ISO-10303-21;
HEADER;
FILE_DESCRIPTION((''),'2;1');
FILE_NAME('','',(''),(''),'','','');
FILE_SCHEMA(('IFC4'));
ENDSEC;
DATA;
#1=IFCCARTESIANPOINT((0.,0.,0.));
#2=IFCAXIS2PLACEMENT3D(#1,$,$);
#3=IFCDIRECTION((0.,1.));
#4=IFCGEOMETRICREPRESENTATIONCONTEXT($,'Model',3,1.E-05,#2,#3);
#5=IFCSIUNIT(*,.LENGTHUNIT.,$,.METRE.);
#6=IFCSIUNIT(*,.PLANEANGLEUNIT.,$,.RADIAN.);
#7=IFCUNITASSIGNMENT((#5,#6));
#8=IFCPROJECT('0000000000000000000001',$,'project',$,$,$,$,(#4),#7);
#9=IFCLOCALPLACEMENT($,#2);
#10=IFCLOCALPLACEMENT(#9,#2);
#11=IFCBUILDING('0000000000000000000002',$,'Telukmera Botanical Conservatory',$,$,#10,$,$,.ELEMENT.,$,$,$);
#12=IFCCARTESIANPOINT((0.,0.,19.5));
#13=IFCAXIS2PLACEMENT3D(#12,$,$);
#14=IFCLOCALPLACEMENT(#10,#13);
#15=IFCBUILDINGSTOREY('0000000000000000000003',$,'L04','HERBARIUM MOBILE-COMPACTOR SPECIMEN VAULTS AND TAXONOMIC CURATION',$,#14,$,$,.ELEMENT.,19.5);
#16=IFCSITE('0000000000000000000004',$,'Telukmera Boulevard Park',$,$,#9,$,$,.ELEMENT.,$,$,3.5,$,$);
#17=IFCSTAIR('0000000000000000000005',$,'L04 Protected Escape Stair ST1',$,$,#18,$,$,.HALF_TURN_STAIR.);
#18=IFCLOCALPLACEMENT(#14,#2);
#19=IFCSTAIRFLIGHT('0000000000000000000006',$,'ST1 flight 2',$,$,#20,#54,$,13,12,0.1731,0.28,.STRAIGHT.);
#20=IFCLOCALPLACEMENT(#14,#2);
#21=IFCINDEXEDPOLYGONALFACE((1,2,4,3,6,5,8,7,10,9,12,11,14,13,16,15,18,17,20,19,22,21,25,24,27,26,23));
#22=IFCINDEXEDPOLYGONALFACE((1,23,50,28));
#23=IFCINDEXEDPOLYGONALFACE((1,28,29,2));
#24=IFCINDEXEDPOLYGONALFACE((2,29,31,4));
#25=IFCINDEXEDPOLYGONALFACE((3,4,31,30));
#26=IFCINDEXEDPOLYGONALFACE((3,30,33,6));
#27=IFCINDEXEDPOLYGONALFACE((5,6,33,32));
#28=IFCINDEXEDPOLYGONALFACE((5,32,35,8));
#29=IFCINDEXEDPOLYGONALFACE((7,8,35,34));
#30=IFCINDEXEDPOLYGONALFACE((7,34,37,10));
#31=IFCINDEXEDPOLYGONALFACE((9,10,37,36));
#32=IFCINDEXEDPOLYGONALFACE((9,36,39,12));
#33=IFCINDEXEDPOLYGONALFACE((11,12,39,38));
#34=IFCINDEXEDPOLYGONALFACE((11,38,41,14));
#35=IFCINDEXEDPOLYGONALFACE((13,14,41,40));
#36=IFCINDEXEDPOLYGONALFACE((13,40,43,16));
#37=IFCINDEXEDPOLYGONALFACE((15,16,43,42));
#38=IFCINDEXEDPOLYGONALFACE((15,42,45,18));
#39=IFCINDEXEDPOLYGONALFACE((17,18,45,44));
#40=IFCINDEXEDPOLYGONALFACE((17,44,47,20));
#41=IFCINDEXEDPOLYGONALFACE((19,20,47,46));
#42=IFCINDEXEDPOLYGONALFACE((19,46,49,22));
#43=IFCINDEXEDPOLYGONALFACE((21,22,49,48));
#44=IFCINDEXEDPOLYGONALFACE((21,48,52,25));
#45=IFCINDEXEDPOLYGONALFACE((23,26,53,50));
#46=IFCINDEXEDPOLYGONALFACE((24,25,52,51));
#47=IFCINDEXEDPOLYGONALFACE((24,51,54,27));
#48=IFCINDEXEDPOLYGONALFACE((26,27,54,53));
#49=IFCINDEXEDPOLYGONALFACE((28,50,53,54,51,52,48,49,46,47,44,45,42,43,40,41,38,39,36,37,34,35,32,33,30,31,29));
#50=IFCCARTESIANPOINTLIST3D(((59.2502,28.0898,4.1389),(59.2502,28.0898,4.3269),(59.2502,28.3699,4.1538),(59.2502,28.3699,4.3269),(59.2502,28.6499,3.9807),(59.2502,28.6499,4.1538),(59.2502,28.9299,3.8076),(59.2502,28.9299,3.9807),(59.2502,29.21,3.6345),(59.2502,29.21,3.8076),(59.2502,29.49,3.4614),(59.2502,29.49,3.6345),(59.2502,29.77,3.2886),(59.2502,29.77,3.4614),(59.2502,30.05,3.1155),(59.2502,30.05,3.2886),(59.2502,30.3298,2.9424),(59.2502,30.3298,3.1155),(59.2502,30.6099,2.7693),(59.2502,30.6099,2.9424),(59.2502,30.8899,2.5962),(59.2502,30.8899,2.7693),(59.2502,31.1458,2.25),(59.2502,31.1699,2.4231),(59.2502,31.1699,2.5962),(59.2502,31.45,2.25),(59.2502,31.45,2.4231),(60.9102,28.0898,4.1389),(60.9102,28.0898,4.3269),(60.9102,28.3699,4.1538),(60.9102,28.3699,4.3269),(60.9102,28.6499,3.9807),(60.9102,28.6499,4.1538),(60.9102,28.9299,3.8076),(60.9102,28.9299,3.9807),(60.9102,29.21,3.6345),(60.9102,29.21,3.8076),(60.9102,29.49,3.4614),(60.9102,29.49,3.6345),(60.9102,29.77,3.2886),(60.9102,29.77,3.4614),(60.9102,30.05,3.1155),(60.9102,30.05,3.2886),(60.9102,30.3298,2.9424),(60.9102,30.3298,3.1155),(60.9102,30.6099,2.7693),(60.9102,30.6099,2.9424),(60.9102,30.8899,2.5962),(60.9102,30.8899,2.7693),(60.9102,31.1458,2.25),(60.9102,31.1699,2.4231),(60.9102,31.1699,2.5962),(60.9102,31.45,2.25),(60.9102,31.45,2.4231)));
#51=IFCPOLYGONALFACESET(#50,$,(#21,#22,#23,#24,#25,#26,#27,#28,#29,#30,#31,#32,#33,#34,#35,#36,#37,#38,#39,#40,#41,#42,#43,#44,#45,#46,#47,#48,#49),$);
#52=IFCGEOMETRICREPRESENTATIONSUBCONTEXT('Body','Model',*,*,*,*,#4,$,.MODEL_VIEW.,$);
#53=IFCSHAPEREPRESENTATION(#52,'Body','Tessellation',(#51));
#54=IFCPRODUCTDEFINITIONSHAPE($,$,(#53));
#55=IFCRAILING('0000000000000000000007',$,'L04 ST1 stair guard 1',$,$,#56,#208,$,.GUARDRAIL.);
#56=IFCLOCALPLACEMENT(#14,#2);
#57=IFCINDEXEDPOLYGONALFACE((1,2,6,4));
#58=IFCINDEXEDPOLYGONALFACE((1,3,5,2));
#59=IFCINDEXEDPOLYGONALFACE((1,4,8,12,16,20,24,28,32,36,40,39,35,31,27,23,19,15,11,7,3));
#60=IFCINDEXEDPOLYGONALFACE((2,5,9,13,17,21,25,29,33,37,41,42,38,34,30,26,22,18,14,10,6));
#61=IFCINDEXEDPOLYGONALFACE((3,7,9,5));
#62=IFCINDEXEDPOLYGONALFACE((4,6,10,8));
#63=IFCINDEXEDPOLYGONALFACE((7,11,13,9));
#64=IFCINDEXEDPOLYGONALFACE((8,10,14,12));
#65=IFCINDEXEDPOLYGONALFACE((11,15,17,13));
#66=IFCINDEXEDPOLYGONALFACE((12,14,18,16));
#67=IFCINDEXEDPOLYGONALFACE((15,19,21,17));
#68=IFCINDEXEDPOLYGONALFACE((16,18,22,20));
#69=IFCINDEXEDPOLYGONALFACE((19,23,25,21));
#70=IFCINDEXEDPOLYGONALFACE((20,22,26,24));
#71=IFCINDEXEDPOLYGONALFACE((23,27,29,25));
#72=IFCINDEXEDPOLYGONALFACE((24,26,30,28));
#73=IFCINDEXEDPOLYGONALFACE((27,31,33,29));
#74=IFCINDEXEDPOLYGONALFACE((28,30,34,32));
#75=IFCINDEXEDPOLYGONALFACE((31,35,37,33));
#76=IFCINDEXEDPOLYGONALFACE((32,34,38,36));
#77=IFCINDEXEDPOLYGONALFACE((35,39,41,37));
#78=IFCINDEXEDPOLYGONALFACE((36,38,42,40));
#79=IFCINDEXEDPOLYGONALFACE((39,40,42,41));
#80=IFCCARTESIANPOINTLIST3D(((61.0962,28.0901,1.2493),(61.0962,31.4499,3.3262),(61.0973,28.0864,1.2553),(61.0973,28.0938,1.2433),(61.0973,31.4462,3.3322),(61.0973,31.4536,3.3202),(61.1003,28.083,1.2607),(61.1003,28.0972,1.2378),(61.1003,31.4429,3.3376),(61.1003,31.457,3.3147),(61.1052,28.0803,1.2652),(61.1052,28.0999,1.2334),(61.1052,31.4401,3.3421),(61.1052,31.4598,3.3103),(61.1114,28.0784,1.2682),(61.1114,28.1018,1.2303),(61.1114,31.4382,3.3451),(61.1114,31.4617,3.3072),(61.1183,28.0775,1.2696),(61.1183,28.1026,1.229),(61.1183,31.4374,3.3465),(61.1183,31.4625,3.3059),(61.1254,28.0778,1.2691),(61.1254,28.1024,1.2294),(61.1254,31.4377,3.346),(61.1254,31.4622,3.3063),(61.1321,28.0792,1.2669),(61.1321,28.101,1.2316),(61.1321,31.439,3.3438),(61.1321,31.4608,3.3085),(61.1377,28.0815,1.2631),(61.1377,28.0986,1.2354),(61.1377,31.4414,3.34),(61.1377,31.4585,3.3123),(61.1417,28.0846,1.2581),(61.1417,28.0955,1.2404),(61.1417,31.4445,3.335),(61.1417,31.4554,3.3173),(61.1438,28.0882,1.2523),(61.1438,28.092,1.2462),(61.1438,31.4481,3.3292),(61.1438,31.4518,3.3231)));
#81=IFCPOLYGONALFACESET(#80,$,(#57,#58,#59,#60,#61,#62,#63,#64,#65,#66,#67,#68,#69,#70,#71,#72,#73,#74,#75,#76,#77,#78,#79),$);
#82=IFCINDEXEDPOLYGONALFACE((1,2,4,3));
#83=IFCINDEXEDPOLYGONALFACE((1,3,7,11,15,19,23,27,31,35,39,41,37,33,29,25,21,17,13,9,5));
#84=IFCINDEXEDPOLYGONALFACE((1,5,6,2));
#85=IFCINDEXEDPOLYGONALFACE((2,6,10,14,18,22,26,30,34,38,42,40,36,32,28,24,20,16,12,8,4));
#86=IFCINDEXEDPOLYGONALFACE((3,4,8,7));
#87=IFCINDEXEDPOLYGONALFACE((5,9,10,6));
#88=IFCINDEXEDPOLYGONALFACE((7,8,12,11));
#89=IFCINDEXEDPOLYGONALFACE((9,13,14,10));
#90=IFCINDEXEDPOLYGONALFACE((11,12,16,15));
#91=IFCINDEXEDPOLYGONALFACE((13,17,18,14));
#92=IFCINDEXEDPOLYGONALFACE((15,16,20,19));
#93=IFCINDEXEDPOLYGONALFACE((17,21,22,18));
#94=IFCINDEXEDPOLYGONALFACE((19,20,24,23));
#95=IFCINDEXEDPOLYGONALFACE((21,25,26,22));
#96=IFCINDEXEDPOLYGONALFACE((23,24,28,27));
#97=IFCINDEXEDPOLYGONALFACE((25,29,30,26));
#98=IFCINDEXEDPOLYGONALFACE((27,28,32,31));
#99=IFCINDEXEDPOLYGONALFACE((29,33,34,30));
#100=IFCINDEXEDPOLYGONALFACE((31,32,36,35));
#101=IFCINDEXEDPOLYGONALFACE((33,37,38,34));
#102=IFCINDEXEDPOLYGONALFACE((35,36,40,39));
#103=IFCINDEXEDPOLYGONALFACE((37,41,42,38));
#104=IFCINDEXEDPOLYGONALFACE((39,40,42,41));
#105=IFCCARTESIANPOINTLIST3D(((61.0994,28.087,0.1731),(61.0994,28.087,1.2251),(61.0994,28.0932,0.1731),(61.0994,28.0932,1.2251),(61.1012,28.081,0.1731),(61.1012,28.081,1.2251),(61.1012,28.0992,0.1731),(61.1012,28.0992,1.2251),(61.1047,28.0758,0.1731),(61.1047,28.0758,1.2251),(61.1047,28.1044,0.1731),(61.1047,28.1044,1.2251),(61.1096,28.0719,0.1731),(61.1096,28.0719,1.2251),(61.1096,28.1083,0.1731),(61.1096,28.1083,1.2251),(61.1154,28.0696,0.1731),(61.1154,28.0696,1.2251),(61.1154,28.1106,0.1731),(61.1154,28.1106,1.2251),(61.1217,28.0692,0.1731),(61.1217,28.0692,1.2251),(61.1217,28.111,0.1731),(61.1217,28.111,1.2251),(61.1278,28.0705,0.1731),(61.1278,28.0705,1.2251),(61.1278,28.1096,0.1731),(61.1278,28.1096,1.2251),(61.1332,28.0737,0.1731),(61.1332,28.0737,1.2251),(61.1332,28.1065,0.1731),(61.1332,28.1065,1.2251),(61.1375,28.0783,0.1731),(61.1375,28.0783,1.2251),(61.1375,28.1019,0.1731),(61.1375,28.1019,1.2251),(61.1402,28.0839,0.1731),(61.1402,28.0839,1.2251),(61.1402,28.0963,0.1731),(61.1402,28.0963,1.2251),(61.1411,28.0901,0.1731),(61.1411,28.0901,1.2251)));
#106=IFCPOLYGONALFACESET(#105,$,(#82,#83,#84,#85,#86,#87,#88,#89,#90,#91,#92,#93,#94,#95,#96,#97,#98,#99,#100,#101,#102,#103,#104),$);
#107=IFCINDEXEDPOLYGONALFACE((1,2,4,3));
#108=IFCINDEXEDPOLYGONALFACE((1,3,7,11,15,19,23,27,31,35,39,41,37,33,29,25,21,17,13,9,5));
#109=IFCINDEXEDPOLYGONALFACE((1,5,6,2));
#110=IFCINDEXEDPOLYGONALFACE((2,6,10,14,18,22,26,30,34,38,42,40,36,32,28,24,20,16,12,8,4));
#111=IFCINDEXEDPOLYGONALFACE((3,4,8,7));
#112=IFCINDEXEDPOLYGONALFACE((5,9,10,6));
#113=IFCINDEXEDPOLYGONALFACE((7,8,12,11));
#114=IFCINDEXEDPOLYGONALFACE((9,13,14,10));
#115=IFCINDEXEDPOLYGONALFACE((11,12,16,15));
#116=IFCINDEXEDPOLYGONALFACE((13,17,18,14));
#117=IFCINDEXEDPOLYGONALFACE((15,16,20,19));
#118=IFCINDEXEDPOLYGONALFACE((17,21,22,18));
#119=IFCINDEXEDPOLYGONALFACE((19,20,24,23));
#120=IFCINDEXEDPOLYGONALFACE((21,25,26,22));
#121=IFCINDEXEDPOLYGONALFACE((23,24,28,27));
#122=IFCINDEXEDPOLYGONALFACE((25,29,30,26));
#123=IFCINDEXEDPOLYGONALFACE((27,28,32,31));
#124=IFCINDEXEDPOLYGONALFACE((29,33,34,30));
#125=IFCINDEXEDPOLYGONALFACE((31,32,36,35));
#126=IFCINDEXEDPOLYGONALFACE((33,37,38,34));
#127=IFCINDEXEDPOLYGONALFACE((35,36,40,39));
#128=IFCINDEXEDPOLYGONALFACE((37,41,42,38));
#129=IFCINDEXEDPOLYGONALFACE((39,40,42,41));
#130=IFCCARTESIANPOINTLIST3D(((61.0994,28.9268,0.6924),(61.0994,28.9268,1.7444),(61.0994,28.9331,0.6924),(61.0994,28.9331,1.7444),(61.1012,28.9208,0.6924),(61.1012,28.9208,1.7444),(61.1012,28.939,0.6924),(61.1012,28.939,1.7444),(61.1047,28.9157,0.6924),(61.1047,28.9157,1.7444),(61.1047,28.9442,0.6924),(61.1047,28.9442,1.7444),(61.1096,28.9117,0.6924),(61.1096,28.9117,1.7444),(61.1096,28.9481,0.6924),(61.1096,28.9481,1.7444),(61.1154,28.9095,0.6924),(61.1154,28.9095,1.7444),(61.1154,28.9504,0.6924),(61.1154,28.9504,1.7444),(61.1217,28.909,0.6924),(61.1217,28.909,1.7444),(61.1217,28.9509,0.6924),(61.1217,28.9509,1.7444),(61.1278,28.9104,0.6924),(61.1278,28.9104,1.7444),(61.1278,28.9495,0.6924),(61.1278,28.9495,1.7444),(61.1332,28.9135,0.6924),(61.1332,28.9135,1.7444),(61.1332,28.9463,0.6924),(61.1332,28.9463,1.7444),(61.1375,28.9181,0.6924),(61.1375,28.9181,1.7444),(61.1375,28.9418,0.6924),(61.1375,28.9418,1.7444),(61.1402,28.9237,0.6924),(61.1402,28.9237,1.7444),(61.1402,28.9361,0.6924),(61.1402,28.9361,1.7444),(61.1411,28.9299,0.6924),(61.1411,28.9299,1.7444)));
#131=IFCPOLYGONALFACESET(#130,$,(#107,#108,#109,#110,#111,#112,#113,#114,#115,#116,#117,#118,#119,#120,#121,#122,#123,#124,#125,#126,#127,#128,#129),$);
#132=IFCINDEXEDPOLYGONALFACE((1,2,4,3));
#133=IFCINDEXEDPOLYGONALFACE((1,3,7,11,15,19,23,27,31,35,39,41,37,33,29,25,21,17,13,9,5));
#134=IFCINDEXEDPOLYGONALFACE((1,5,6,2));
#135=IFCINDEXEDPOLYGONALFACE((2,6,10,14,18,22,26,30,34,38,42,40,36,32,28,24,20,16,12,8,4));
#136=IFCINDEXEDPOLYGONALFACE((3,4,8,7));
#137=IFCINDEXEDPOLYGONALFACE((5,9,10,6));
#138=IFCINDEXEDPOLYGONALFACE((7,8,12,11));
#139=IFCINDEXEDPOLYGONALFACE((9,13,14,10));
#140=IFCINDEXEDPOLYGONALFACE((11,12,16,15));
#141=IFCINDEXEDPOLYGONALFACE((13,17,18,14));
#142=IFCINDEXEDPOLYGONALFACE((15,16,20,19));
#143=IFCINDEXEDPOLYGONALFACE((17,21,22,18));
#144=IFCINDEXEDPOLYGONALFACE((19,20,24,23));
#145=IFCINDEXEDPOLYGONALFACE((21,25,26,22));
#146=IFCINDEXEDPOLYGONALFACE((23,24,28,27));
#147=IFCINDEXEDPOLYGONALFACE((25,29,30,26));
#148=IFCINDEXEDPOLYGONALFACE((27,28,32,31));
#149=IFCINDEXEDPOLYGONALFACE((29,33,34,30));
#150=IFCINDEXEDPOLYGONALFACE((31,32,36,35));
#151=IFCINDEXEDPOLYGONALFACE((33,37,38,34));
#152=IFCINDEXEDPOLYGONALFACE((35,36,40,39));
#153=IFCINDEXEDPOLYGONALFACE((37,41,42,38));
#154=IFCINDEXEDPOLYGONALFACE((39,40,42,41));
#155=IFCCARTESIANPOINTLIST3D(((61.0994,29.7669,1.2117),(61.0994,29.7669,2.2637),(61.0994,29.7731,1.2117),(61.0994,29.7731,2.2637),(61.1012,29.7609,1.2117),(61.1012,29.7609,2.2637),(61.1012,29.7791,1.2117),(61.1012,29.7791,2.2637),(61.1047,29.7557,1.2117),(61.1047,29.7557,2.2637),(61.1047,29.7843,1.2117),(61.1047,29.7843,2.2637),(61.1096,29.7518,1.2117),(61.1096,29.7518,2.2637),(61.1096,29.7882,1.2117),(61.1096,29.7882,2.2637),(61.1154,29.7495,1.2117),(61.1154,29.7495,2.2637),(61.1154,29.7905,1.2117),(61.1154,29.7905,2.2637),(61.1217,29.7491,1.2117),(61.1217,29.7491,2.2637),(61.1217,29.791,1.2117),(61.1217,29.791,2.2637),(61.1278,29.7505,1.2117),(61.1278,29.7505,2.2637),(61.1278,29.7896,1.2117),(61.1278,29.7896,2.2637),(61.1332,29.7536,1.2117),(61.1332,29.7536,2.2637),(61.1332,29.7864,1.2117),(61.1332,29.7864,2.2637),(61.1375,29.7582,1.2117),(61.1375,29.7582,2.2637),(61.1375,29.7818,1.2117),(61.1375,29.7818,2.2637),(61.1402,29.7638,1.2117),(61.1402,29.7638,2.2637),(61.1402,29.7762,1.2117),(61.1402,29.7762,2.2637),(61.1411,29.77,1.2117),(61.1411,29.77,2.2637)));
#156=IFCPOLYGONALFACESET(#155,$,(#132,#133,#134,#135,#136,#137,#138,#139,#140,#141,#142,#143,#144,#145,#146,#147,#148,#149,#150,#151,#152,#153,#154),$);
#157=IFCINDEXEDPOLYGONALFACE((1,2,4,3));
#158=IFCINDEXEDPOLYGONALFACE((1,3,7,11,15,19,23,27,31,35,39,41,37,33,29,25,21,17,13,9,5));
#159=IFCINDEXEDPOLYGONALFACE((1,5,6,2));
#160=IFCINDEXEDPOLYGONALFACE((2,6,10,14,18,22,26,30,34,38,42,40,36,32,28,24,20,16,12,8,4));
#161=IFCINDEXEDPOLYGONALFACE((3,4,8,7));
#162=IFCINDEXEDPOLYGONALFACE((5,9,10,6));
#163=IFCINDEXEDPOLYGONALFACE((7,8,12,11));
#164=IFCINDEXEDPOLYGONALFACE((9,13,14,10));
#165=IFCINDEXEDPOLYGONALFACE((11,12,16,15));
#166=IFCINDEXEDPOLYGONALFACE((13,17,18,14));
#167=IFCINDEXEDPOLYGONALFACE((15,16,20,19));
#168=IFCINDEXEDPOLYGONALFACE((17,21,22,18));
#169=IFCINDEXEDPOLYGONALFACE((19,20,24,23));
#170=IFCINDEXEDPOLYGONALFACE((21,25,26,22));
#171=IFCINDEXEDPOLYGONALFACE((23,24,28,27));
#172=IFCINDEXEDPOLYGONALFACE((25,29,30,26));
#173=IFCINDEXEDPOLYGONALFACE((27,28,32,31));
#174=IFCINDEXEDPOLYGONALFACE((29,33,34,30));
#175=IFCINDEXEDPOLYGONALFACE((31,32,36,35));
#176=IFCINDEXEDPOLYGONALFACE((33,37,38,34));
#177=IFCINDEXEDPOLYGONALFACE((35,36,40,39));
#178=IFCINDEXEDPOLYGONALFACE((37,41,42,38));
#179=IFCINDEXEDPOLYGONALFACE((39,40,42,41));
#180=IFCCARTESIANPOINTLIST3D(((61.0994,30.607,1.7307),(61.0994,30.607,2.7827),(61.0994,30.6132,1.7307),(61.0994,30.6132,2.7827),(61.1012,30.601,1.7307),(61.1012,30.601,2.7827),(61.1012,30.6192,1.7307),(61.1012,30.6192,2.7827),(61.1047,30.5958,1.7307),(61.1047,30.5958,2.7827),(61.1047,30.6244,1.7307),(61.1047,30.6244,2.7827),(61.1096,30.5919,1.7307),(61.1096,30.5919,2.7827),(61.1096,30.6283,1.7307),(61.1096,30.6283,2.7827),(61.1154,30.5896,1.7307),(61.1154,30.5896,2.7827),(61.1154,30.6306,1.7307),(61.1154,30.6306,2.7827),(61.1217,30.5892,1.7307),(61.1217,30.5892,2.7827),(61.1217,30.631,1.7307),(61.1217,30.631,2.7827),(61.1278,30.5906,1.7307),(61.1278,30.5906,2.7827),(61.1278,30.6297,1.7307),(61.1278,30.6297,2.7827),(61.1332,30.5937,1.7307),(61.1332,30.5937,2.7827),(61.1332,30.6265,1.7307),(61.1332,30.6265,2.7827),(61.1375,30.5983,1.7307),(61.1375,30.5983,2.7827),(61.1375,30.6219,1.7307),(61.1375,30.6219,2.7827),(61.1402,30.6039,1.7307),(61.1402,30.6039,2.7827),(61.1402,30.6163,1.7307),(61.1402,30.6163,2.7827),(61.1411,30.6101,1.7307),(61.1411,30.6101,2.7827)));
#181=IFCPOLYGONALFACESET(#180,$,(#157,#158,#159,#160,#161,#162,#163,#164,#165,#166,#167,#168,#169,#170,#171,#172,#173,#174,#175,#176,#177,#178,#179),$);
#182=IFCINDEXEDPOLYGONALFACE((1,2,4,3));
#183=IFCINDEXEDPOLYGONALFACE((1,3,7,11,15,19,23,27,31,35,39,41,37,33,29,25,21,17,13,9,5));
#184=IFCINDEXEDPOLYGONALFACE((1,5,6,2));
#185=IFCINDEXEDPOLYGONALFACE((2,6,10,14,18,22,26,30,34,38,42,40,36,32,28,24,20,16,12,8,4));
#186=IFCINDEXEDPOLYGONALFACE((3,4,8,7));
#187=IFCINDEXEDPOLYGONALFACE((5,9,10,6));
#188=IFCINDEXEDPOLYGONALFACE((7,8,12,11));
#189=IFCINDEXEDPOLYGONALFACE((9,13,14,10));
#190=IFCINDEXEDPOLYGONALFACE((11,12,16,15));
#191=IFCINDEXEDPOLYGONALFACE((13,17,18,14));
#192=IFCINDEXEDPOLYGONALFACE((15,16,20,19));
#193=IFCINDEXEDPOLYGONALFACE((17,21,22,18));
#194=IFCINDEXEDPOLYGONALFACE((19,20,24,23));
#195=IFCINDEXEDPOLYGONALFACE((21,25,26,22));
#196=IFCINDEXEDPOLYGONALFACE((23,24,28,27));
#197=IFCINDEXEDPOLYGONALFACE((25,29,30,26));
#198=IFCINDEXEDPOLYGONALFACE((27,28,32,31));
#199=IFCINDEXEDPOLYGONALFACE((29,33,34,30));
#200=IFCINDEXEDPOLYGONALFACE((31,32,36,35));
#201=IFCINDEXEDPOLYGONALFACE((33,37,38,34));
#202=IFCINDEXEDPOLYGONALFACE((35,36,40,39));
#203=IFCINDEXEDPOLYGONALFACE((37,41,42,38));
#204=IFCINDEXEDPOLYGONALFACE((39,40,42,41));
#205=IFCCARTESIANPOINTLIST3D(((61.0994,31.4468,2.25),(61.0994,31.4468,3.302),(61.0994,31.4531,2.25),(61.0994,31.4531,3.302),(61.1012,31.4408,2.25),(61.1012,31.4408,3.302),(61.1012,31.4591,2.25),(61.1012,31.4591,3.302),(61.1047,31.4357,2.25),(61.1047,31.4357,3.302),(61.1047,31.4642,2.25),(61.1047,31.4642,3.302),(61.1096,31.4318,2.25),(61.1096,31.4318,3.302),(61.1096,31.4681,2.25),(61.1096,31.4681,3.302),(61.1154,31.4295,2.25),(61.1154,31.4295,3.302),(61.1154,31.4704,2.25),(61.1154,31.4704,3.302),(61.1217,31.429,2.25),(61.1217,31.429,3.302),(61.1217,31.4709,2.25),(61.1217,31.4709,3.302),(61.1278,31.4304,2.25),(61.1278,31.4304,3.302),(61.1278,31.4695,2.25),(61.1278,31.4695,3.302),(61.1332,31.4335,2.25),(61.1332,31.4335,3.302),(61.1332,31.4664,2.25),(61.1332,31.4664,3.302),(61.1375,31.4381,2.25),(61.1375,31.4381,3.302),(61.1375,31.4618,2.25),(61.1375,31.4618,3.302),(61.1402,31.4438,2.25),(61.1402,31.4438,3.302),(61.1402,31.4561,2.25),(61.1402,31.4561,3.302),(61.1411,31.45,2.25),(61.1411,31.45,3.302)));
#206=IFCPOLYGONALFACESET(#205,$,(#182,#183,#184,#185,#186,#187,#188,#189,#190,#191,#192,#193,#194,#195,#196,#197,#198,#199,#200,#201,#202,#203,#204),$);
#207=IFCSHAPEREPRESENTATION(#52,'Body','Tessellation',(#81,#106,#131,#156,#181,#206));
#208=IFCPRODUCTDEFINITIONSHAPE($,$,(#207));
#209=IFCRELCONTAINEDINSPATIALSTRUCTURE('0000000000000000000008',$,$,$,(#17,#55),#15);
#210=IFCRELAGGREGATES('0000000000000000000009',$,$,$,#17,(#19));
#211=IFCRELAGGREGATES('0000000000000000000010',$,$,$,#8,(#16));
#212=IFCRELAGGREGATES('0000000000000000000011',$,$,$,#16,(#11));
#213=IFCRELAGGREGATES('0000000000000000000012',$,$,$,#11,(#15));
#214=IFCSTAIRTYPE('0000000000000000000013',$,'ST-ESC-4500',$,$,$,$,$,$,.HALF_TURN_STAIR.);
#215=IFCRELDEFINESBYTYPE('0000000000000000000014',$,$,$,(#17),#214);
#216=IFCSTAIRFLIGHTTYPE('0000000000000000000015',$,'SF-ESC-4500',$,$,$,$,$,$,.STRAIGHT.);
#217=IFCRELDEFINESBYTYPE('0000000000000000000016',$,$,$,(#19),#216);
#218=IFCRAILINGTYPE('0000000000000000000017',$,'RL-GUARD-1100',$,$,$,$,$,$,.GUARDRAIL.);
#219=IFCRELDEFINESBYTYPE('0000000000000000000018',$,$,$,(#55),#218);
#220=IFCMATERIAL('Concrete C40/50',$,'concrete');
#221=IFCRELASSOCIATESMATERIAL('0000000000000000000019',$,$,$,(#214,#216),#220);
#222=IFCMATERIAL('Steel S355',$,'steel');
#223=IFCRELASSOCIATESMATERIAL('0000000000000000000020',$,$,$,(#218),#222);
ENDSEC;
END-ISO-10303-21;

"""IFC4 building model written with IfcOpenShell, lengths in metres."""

from ifc_helpers import new_model, si_unit, direction, frame, origin, origin_2d, place, context, subcontext, project, spatial, polyline, circle, outline, extrude, material, type_object, element, aggregate, save


model = new_model("IFC4")

# Units and contexts
model_context = context("Model", 3, precision=1e-05, world=origin(), true_north=direction((0.0, 1.0)))
body_context = subcontext(model_context, "Body", "Model", "MODEL_VIEW")
ifc_project = project(units=[si_unit("LENGTHUNIT", "METRE"), si_unit("PLANEANGLEUNIT", "RADIAN")], contexts=[model_context])

# Site, building, storey
site_placement = place(None, origin())
site = spatial("IfcSite", under=ifc_project, at=site_placement, Name="Telukmera Boulevard Park", CompositionType="ELEMENT", RefElevation=3.5)
building_placement = place(site_placement, origin())
building = spatial("IfcBuilding", under=site, at=building_placement, Name="Telukmera Botanical Conservatory", CompositionType="ELEMENT")
storey_placement = place(building_placement, frame((0.0, 0.0, 19.5)))
storey = spatial("IfcBuildingStorey", under=building, at=storey_placement, Name="L04", Description="HERBARIUM MOBILE-COMPACTOR SPECIMEN VAULTS AND TAXONOMIC CURATION", CompositionType="ELEMENT", Elevation=19.5)

# Shared definitions
ifc_material_1 = material(Name="Concrete C40/50", Category="concrete")

# Stair, stair flight
stair_type = type_object("IfcStairType", Name="ST-ESC-4500", PredefinedType="HALF_TURN_STAIR", material=ifc_material_1)
stair_placement = place(storey_placement, origin())
stair = element("IfcStair", 1, at=stair_placement, inside=storey, type_object=stair_type, Name="L04 Protected Escape Stair ST1", PredefinedType="HALF_TURN_STAIR")
stair_flight_type = type_object("IfcStairFlightType", Name="SF-ESC-4500", PredefinedType="STRAIGHT", material=ifc_material_1)
stair_flight_1_placement = place(storey_placement, frame((60.0801, 31.45, 2.25), z_axis=(0.0, 0.0, 1.0), x_axis=(0.0, -1.0, 0.0)))
stair_flight_1 = element("IfcStairFlight", 2, at=stair_flight_1_placement, type_object=stair_flight_type, Name="ST1 flight 2", NumberOfRisers=13, NumberOfTreads=12, PredefinedType="STRAIGHT", RiserHeight=0.1731, TreadLength=0.28, context=body_context, shape_type="SweptSolid", body=[
    extrude(outline(polyline([(0.0, 0.0), (0.0, 0.1731), (0.28, 0.1731), (0.28, 0.3462), (0.5601, 0.3462), (0.5601, 0.5193), (0.8401, 0.5193), (0.8401, 0.6924), (1.1201, 0.6924), (1.1201, 0.8655), (1.3999, 0.8655), (1.3999, 1.0386), (1.6799, 1.0386), (1.6799, 1.2114), (1.96, 1.2114), (1.96, 1.3845), (2.24, 1.3845), (2.24, 1.5576), (2.52, 1.5576), (2.52, 1.7307), (2.8, 1.7307), (2.8, 1.9038), (3.0801, 1.9038), (3.0801, 2.0769), (3.3601, 2.0769), (3.3601, 2.25), (3.3601, 1.8889), (0.3042, 0.0), (0.0, 0.0)])), frame((0.0, 0.8301, 0.0), z_axis=(0.0, -1.0, 0.0), x_axis=(1.0, 0.0, 0.0)), (0.0, 0.0, 1.0), 1.6599),
])
aggregate(stair, [stair_flight_1])

# Railing
ifc_material_2 = material(Name="Steel S355", Category="steel")
railing_type_1 = type_object("IfcRailingType", Name="RL-GUARD-1100", PredefinedType="GUARDRAIL", material=ifc_material_2)
railing_1_placement = place(storey_placement, frame((61.1201, 28.0901, 0.1731)))
element("IfcRailing", 3, at=railing_1_placement, inside=storey, type_object=railing_type_1, Name="L04 ST1 stair guard 1", PredefinedType="GUARDRAIL", context=body_context, shape_type="SweptSolid", body=[
    extrude(circle(Radius=0.0239, at=origin_2d()), frame((0.0, 0.0, 1.0762), z_axis=(0.0, 0.850606, 0.525803), x_axis=(-1.0, 0.0, 0.0)), (0.0, 0.0, 1.0), 3.95),
    extrude(circle(Radius=0.021, at=origin_2d()), origin(), (0.0, 0.0, 1.0), 1.052),
    extrude(circle(Radius=0.021, at=origin_2d()), frame((0.0, 0.8398, 0.5193)), (0.0, 0.0, 1.0), 1.052),
    extrude(circle(Radius=0.021, at=origin_2d()), frame((0.0, 1.6799, 1.0386)), (0.0, 0.0, 1.0), 1.052),
    extrude(circle(Radius=0.021, at=origin_2d()), frame((0.0, 2.52, 1.5576)), (0.0, 0.0, 1.0), 1.052),
    extrude(circle(Radius=0.021, at=origin_2d()), frame((0.0, 3.3599, 2.0769)), (0.0, 0.0, 1.0), 1.052),
])

save(model, "model.ifc")
